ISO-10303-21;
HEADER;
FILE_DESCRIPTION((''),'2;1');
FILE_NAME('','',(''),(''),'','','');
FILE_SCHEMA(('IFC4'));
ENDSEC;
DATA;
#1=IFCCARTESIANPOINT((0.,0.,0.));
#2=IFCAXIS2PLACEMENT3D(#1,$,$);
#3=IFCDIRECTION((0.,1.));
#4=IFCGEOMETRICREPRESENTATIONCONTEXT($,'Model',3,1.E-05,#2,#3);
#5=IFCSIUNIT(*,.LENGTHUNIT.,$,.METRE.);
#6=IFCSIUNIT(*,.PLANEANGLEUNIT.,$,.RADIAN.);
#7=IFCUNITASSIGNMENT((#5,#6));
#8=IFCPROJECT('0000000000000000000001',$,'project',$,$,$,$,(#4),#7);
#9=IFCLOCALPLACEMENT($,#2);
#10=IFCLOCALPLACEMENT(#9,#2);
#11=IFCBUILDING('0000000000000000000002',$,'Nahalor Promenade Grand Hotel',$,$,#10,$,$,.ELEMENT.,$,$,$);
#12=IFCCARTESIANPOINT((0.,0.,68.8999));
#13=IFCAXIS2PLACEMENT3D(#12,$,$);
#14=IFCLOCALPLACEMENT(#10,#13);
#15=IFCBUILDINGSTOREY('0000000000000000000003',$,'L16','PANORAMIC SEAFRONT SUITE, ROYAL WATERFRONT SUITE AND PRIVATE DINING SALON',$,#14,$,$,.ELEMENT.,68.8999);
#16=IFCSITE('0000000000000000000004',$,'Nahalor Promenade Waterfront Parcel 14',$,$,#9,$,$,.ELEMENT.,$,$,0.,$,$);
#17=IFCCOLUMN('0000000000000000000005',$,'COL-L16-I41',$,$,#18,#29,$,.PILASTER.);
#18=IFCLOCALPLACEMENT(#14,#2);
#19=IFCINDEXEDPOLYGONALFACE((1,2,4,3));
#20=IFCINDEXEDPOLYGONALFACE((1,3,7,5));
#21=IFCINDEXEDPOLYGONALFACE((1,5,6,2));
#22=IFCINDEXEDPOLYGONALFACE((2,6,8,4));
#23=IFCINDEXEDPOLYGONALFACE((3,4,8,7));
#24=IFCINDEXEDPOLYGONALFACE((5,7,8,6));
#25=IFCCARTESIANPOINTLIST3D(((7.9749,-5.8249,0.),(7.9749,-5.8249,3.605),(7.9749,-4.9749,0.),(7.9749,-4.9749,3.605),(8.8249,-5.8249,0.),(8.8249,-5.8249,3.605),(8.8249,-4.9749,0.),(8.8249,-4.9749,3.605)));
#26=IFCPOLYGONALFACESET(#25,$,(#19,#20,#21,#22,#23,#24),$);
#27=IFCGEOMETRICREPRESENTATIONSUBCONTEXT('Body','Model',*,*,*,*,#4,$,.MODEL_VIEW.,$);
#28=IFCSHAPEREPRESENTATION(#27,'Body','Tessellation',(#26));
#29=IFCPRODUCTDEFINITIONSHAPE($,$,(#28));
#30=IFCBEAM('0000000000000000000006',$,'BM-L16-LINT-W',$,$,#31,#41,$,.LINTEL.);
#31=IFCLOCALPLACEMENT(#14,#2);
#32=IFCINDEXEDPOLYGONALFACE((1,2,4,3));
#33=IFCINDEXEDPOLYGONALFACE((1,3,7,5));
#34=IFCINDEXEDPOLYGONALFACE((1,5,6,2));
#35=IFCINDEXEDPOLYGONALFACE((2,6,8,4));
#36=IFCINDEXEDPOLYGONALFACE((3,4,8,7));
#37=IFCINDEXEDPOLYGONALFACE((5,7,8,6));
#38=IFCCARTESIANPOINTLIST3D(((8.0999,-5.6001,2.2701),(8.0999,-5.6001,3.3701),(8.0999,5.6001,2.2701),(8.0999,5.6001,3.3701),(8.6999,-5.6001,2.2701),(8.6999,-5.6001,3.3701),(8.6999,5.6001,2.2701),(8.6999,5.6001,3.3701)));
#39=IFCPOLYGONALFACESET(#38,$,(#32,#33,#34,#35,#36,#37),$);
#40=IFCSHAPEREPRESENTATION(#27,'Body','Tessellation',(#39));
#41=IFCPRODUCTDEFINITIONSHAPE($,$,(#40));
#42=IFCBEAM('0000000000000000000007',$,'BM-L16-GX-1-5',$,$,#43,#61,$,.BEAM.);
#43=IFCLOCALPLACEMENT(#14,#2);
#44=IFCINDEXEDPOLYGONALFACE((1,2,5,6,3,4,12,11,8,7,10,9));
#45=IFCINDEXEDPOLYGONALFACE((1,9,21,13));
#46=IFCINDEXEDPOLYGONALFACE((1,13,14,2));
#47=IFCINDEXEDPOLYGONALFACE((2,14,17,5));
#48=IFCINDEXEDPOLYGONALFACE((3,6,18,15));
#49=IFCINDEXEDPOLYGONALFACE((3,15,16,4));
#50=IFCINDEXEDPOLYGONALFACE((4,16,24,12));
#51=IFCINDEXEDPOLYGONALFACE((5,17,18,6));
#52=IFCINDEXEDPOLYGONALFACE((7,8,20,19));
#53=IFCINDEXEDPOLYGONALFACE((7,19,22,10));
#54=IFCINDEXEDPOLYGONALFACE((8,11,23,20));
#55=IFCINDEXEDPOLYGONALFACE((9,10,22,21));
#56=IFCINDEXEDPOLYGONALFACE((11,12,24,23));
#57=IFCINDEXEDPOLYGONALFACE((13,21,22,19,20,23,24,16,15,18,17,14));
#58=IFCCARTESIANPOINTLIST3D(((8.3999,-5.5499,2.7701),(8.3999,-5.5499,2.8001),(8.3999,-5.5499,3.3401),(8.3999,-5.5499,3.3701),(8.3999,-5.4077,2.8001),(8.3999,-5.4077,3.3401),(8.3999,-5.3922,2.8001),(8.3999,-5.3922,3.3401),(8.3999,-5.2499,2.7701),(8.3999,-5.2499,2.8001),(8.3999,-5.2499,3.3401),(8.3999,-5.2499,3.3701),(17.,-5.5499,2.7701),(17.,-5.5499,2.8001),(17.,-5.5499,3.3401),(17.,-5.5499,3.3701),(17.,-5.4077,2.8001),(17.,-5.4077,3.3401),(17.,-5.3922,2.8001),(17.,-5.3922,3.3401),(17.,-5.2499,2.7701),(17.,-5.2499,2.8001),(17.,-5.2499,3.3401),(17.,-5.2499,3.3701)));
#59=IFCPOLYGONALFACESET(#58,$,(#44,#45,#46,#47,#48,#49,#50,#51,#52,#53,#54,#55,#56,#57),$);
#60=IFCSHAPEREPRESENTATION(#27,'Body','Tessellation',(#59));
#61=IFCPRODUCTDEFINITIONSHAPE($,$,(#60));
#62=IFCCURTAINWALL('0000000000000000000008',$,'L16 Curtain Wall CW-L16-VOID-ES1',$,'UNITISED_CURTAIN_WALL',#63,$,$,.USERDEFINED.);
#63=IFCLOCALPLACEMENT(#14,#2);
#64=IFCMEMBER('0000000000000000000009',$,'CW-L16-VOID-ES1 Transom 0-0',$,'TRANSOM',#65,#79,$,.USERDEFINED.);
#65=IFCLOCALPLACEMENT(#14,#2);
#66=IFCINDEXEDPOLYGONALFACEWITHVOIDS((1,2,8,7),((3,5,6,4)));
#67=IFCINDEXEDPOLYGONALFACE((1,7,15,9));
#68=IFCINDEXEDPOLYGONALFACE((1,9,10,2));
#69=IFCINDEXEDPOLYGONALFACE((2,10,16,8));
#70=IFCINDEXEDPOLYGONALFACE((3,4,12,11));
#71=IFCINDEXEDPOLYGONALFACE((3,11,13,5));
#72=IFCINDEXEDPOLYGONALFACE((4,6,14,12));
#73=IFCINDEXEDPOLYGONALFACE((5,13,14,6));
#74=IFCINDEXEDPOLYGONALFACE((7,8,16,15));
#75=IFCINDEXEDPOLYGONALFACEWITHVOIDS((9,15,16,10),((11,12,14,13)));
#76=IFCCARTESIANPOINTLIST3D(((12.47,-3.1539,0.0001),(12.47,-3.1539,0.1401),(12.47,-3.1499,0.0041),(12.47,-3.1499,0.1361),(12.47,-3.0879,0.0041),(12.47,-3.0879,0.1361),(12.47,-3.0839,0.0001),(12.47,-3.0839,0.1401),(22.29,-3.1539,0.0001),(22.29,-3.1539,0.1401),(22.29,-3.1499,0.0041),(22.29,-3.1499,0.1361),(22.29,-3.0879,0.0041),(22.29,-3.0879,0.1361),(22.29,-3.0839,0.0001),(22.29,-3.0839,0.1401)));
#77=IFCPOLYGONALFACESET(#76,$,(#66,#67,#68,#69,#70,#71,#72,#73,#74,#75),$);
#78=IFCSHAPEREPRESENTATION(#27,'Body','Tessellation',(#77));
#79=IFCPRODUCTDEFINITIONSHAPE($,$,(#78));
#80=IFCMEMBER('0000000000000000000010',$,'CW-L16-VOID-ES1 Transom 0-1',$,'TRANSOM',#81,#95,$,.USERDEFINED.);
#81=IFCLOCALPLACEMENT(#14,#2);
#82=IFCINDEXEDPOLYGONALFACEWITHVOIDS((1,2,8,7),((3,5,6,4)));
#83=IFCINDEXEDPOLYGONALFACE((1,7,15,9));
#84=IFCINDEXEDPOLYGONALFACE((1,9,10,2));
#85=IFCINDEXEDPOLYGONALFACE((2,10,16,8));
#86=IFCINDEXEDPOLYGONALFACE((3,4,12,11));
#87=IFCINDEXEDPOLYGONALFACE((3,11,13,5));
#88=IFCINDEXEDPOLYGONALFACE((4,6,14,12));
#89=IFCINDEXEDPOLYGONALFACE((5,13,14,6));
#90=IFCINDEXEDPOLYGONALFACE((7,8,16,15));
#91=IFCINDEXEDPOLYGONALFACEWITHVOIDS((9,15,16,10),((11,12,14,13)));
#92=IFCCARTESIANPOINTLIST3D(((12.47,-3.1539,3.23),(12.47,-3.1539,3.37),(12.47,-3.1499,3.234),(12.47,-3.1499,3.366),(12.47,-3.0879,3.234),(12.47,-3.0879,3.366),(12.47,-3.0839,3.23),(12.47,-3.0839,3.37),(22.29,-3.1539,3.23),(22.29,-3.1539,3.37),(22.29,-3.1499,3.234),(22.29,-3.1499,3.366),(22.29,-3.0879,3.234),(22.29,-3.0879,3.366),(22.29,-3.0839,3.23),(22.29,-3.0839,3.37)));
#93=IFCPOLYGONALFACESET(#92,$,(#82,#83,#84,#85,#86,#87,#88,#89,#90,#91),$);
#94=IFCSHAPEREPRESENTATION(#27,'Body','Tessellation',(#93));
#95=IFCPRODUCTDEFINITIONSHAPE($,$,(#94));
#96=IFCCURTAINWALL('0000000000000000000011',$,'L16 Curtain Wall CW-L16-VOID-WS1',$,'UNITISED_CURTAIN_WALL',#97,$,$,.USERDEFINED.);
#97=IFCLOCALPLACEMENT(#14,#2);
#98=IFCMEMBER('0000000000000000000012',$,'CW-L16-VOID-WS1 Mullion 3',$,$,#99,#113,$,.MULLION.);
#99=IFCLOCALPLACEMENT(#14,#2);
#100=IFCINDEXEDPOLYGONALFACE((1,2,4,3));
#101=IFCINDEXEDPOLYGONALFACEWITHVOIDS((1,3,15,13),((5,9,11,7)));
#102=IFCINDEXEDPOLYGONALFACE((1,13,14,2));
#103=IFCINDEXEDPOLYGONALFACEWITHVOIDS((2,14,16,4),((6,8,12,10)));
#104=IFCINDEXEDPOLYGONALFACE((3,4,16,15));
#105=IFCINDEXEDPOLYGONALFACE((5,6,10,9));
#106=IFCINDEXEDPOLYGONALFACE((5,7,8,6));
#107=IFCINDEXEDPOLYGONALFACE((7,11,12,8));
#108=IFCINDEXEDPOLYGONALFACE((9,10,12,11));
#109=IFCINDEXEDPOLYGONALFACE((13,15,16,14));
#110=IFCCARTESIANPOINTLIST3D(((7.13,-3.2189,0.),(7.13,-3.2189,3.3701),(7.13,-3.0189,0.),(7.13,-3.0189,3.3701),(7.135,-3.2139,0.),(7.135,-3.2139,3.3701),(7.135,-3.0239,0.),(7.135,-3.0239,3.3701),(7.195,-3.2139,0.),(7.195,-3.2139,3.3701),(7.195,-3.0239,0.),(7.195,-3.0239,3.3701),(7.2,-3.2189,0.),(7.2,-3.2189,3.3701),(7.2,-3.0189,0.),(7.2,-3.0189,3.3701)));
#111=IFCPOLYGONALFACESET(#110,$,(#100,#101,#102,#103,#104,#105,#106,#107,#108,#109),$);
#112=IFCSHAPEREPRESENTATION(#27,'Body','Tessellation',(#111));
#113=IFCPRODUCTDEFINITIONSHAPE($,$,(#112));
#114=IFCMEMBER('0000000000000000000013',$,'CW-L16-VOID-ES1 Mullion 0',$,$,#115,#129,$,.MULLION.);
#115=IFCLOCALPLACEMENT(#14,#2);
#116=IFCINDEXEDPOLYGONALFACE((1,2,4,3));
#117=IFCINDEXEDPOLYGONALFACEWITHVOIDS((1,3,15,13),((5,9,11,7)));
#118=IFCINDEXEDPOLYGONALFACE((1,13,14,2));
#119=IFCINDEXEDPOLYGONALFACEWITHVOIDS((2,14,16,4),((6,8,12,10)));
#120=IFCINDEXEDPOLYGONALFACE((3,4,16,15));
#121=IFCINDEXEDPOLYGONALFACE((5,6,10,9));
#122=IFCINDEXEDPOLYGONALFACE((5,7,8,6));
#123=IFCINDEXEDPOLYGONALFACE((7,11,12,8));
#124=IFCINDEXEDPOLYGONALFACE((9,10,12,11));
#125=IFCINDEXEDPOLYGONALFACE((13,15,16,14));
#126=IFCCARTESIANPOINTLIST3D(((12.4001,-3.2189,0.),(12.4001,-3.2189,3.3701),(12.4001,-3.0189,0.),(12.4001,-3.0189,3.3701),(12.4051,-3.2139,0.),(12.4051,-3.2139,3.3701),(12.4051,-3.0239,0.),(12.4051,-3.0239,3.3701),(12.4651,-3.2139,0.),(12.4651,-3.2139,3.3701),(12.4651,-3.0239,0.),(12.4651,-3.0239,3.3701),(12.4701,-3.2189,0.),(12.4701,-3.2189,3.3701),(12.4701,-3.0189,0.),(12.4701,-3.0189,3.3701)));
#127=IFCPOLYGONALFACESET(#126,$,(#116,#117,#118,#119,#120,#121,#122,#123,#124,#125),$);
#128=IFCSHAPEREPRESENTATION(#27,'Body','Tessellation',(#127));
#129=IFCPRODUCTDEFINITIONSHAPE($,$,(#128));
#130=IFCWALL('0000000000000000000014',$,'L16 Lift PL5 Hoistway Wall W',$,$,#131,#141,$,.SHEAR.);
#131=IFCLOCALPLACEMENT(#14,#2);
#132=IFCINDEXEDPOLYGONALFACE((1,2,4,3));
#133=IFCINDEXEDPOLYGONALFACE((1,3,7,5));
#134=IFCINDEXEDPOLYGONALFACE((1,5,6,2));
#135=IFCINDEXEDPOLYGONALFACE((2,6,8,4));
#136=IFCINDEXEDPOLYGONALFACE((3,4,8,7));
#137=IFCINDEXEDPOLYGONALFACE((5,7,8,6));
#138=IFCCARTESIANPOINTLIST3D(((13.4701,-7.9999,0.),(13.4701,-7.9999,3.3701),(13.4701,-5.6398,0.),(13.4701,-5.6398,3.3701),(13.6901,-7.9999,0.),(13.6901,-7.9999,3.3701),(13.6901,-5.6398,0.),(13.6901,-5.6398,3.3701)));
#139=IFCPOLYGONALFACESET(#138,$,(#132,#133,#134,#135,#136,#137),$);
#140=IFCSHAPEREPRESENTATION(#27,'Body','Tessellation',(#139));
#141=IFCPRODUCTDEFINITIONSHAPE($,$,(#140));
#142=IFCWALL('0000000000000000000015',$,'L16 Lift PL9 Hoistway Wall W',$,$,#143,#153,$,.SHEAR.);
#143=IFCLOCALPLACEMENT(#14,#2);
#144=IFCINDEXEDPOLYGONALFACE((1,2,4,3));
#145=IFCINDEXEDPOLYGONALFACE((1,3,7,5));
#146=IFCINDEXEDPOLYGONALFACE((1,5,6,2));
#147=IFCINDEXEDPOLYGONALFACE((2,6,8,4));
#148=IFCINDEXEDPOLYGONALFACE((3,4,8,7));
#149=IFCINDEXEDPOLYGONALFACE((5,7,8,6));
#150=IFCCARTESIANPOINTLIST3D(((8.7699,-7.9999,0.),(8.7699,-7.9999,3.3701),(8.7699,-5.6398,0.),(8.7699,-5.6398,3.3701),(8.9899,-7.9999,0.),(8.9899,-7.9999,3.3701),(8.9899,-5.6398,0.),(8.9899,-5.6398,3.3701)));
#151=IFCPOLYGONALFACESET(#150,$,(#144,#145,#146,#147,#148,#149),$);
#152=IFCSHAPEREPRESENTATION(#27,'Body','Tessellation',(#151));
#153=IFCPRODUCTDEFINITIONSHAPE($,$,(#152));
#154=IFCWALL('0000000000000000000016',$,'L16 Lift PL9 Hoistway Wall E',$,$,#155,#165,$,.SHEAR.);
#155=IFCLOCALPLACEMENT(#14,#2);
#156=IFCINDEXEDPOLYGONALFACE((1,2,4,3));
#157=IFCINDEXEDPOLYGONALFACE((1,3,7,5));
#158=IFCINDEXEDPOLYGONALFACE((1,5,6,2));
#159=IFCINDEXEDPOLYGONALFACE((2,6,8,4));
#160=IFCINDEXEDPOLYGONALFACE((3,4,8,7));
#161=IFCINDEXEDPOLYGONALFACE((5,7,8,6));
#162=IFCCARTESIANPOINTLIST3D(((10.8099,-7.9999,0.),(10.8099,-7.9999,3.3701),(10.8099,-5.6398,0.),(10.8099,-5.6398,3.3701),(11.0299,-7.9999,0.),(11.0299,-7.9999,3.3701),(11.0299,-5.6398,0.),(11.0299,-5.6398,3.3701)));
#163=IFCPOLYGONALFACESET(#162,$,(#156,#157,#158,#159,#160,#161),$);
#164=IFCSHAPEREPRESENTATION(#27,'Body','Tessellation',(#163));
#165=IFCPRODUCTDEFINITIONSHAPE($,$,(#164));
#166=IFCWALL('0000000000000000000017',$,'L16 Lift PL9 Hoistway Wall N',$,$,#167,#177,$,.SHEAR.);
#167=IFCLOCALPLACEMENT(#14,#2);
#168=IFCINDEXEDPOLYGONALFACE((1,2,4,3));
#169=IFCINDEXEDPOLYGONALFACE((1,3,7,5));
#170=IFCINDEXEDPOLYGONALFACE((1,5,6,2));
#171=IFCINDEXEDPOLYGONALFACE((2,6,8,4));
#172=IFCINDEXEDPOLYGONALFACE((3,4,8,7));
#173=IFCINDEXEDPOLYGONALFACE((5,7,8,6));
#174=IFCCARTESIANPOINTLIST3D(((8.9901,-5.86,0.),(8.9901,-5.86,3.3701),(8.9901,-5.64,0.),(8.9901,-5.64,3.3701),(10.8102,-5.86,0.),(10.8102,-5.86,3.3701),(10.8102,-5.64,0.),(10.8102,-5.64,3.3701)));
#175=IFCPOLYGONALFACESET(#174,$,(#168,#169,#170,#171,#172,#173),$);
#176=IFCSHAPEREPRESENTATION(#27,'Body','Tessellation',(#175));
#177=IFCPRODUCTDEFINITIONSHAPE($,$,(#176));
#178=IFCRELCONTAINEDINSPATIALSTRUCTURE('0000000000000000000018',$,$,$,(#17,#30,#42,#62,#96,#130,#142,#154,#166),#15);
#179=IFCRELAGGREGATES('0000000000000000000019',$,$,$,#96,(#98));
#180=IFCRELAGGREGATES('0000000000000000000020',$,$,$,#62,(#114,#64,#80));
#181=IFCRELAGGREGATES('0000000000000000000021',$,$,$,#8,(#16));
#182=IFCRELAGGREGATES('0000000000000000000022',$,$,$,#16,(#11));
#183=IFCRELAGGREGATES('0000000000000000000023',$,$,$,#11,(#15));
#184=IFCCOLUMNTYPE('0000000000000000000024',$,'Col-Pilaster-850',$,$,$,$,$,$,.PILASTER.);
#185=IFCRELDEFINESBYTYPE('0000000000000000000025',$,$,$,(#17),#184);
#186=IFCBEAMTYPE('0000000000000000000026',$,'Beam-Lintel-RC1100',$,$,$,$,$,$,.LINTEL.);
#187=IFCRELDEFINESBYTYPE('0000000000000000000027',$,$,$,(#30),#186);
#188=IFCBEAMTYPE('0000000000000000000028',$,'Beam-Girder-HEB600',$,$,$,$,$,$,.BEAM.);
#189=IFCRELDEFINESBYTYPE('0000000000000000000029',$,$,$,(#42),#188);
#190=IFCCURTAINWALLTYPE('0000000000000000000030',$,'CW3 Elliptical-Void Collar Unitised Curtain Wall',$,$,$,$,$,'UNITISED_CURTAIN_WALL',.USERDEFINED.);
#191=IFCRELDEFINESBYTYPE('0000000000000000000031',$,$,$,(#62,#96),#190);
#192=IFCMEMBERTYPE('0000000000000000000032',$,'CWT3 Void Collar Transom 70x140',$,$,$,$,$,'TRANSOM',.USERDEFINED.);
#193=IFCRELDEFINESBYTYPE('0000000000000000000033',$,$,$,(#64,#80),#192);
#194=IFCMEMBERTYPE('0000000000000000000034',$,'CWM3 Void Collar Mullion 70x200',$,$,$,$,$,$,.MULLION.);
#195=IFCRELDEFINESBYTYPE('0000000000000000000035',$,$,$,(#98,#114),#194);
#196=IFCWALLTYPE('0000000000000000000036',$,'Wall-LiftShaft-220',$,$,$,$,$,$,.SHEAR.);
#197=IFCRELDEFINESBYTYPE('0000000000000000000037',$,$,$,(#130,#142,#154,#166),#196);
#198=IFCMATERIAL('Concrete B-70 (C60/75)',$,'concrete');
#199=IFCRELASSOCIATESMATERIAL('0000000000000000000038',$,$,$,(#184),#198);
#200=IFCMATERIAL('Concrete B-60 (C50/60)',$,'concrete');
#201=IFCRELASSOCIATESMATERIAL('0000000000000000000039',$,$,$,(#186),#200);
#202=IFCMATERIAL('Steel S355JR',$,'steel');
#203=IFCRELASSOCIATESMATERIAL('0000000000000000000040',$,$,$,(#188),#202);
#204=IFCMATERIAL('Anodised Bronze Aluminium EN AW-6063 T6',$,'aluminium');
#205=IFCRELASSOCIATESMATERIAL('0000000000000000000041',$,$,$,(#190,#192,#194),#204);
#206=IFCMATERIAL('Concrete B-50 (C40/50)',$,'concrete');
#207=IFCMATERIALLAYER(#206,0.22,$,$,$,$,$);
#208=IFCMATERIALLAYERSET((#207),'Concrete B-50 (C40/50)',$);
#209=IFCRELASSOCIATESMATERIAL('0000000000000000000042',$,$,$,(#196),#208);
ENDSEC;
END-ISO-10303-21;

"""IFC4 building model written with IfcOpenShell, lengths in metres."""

from ifc_helpers import new_model, si_unit, direction, frame, frame_2d, origin, origin_2d, place, context, subcontext, project, spatial, rectangle, hollow_rectangle, i_section, extrude, source, transform, mapped, material, layer, layer_set, material_profile, profile_set, type_object, element, aggregate, save


model = new_model("IFC4")

# Units and contexts
model_context = context("Model", 3, precision=1e-05, world=origin(), true_north=direction((0.0, 1.0)))
body_context = subcontext(model_context, "Body", "Model", "MODEL_VIEW")
ifc_project = project(units=[si_unit("LENGTHUNIT", "METRE"), si_unit("PLANEANGLEUNIT", "RADIAN")], contexts=[model_context])

# Site, building, storey
site_placement = place(None, origin())
site = spatial("IfcSite", under=ifc_project, at=site_placement, Name="Nahalor Promenade Waterfront Parcel 14", CompositionType="ELEMENT", RefElevation=0.0)
building_placement = place(site_placement, origin())
building = spatial("IfcBuilding", under=site, at=building_placement, Name="Nahalor Promenade Grand Hotel", CompositionType="ELEMENT")
storey_placement = place(building_placement, frame((0.0, 0.0, 68.8999)))
storey = spatial("IfcBuildingStorey", under=building, at=storey_placement, Name="L16", Description="PANORAMIC SEAFRONT SUITE, ROYAL WATERFRONT SUITE AND PRIVATE DINING SALON", CompositionType="ELEMENT", Elevation=68.8999)

# Column
ifc_material_1 = material(Name="Concrete B-70 (C60/75)", Category="concrete")
ifc_material_profile_1 = material_profile(ifc_material_1, rectangle(XDim=0.85, YDim=0.85, at=origin_2d()), Name="RC 850x850")
ifc_profile_set_1 = profile_set([ifc_material_profile_1], Name="Concrete B-70 (C60/75)")
column_type = type_object("IfcColumnType", Name="Col-Pilaster-850", PredefinedType="PILASTER", material=ifc_profile_set_1)
shared_shape_1 = source(origin(), body_context, "Body", "SweptSolid", [
    extrude(rectangle(XDim=0.85, YDim=0.85, at=origin_2d()), origin(), (0.0, 0.0, 1.0), 3.605),
])
column_placement = place(storey_placement, frame((8.3999, -5.3999, 0.0), z_axis=(0.0, 0.0, 1.0), x_axis=(1.0, 0.0, 0.0)))
element("IfcColumn", 1, at=column_placement, inside=storey, type_object=column_type, Name="COL-L16-I41", PredefinedType="PILASTER", context=body_context, shape_type="MappedRepresentation", body=[
    mapped(shared_shape_1, transform((0.0, 0.0, 0.0), scale=1.0)),
])

# Beams
ifc_material_2 = material(Name="Concrete B-60 (C50/60)", Category="concrete")
ifc_material_profile_2 = material_profile(ifc_material_2, rectangle(XDim=0.6, YDim=1.1, at=origin_2d()), Name="RC 600x1100")
ifc_profile_set_2 = profile_set([ifc_material_profile_2], Name="Concrete B-60 (C50/60)")
beam_type_1 = type_object("IfcBeamType", Name="Beam-Lintel-RC1100", PredefinedType="LINTEL", material=ifc_profile_set_2)
shared_shape_2 = source(origin(), body_context, "Body", "SweptSolid", [
    extrude(rectangle(XDim=0.6, YDim=1.1, at=origin_2d()), origin(), (0.0, 0.0, 1.0), 11.2002),
])
beam_1_placement = place(storey_placement, frame((8.3999, -5.6001, 2.8201), z_axis=(0.0, 1.0, 0.0), x_axis=(-1.0, 0.0, 0.0)))
element("IfcBeam", 2, at=beam_1_placement, inside=storey, type_object=beam_type_1, Name="BM-L16-LINT-W", PredefinedType="LINTEL", context=body_context, shape_type="MappedRepresentation", body=[
    mapped(shared_shape_2, transform((0.0, 0.0, 0.0), scale=1.0)),
])
ifc_material_3 = material(Name="Steel S355JR", Category="steel")
ifc_material_profile_3 = material_profile(ifc_material_3, i_section(OverallWidth=0.3, OverallDepth=0.6, WebThickness=0.0155, FlangeThickness=0.03, at=origin_2d()), Name="HEB 600")
ifc_profile_set_3 = profile_set([ifc_material_profile_3], Name="Steel S355JR")
beam_type_2 = type_object("IfcBeamType", Name="Beam-Girder-HEB600", PredefinedType="BEAM", material=ifc_profile_set_3)
shared_shape_3 = source(origin(), body_context, "Body", "SweptSolid", [
    extrude(i_section(OverallWidth=0.3, OverallDepth=0.6, WebThickness=0.0155, FlangeThickness=0.03, at=origin_2d()), origin(), (0.0, 0.0, 1.0), 8.6001),
])
beam_2_placement = place(storey_placement, frame((8.3999, -5.3999, 3.0701), z_axis=(1.0, 0.0, 0.0), x_axis=(0.0, 1.0, 0.0)))
element("IfcBeam", 3, at=beam_2_placement, inside=storey, type_object=beam_type_2, Name="BM-L16-GX-1-5", PredefinedType="BEAM", context=body_context, shape_type="MappedRepresentation", body=[
    mapped(shared_shape_3, transform((0.0, 0.0, 0.0), scale=1.0)),
])

# Curtain wall, members
ifc_material_4 = material(Name="Anodised Bronze Aluminium EN AW-6063 T6", Category="aluminium")
curtain_wall_type = type_object("IfcCurtainWallType", Name="CW3 Elliptical-Void Collar Unitised Curtain Wall", ElementType="UNITISED_CURTAIN_WALL", PredefinedType="USERDEFINED", material=ifc_material_4)
curtain_wall_1_placement = place(storey_placement, origin())
curtain_wall_1 = element("IfcCurtainWall", 4, at=curtain_wall_1_placement, inside=storey, type_object=curtain_wall_type, Name="L16 Curtain Wall CW-L16-VOID-ES1", ObjectType="UNITISED_CURTAIN_WALL", PredefinedType="USERDEFINED")
ifc_material_profile_4 = material_profile(ifc_material_4, hollow_rectangle(XDim=0.07, YDim=0.14, WallThickness=0.004, at=origin_2d()), Name="CWT 70x140x4")
ifc_profile_set_4 = profile_set([ifc_material_profile_4], Name="Anodised Bronze Aluminium EN AW-6063 T6")
member_type_1 = type_object("IfcMemberType", Name="CWT3 Void Collar Transom 70x140", ElementType="TRANSOM", PredefinedType="USERDEFINED", material=ifc_profile_set_4)
shared_shape_4 = source(origin(), body_context, "Body", "SweptSolid", [
    extrude(hollow_rectangle(XDim=0.07, YDim=0.14, WallThickness=0.004, at=origin_2d()), origin(), (0.0, 0.0, 1.0), 9.8201),
])
member_1_placement = place(storey_placement, frame((12.47, -3.1189, 0.0701), z_axis=(1.0, 0.0, 0.0), x_axis=(0.0, 1.0, 0.0)))
member_1 = element("IfcMember", 5, at=member_1_placement, type_object=member_type_1, Name="CW-L16-VOID-ES1 Transom 0-0", ObjectType="TRANSOM", PredefinedType="USERDEFINED", context=body_context, shape_type="MappedRepresentation", body=[
    mapped(shared_shape_4, transform((0.0, 0.0, 0.0), scale=1.0)),
])
member_2_placement = place(storey_placement, frame((12.47, -3.1189, 3.3), z_axis=(1.0, 0.0, 0.0), x_axis=(0.0, 1.0, 0.0)))
member_2 = element("IfcMember", 6, at=member_2_placement, type_object=member_type_1, Name="CW-L16-VOID-ES1 Transom 0-1", ObjectType="TRANSOM", PredefinedType="USERDEFINED", context=body_context, shape_type="MappedRepresentation", body=[
    mapped(shared_shape_4, transform((0.0, 0.0, 0.0), scale=1.0)),
])

# Curtain wall, member
curtain_wall_2_placement = place(storey_placement, origin())
curtain_wall_2 = element("IfcCurtainWall", 7, at=curtain_wall_2_placement, inside=storey, type_object=curtain_wall_type, Name="L16 Curtain Wall CW-L16-VOID-WS1", ObjectType="UNITISED_CURTAIN_WALL", PredefinedType="USERDEFINED")
ifc_material_profile_5 = material_profile(ifc_material_4, hollow_rectangle(XDim=0.07, YDim=0.2, WallThickness=0.005, at=origin_2d()), Name="CWM 70x200x5")
ifc_profile_set_5 = profile_set([ifc_material_profile_5], Name="Anodised Bronze Aluminium EN AW-6063 T6")
member_type_2 = type_object("IfcMemberType", Name="CWM3 Void Collar Mullion 70x200", PredefinedType="MULLION", material=ifc_profile_set_5)
shared_shape_5 = source(origin(), body_context, "Body", "SweptSolid", [
    extrude(hollow_rectangle(XDim=0.07, YDim=0.2, WallThickness=0.005, at=origin_2d()), origin(), (0.0, 0.0, 1.0), 3.3701),
])
member_3_placement = place(storey_placement, frame((7.165, -3.1189, 0.0), z_axis=(0.0, 0.0, 1.0), x_axis=(1.0, 0.0, 0.0)))
member_3 = element("IfcMember", 8, at=member_3_placement, type_object=member_type_2, Name="CW-L16-VOID-WS1 Mullion 3", PredefinedType="MULLION", context=body_context, shape_type="MappedRepresentation", body=[
    mapped(shared_shape_5, transform((0.0, 0.0, 0.0), scale=1.0)),
])
aggregate(curtain_wall_2, [member_3])

# Member
member_4_placement = place(storey_placement, frame((12.4351, -3.1189, 0.0), z_axis=(0.0, 0.0, 1.0), x_axis=(1.0, 0.0, 0.0)))
member_4 = element("IfcMember", 9, at=member_4_placement, type_object=member_type_2, Name="CW-L16-VOID-ES1 Mullion 0", PredefinedType="MULLION", context=body_context, shape_type="MappedRepresentation", body=[
    mapped(shared_shape_5, transform((0.0, 0.0, 0.0), scale=1.0)),
])
aggregate(curtain_wall_1, [member_4, member_1, member_2])

# Walls
ifc_material_5 = material(Name="Concrete B-50 (C40/50)", Category="concrete")
ifc_layer_1 = layer(ifc_material_5, 0.22)
ifc_layer_set_1 = layer_set([ifc_layer_1], Name="Concrete B-50 (C40/50)")
wall_type_1 = type_object("IfcWallType", Name="Wall-LiftShaft-220", PredefinedType="SHEAR", material=ifc_layer_set_1)
shared_shape_6 = source(origin(), body_context, "Body", "SweptSolid", [
    extrude(rectangle(XDim=2.3601, YDim=0.22, at=frame_2d((1.1802, 0.0))), origin(), (0.0, 0.0, 1.0), 3.3701),
])
for number, where, z_axis, x_axis, name in (
    (10, (13.5801, -8.0, 0.0), (0.0, 0.0, 1.0), (0.0, 1.0, 0.0), "L16 Lift PL5 Hoistway Wall W"),
    (11, (8.8799, -8.0, 0.0), (0.0, 0.0, 1.0), (0.0, 1.0, 0.0), "L16 Lift PL9 Hoistway Wall W"),
    (12, (10.9199, -8.0, 0.0), (0.0, 0.0, 1.0), (0.0, 1.0, 0.0), "L16 Lift PL9 Hoistway Wall E"),
):
    element("IfcWall", number, at=place(storey_placement, frame(where, z_axis=z_axis, x_axis=x_axis)), inside=storey, type_object=wall_type_1, Name=name, PredefinedType="SHEAR", context=body_context, shape_type="MappedRepresentation", body=[
        mapped(shared_shape_6, transform((0.0, 0.0, 0.0), scale=1.0)),
    ])
shared_shape_7 = source(origin(), body_context, "Body", "SweptSolid", [
    extrude(rectangle(XDim=1.8201, YDim=0.22, at=frame_2d((0.9102, 0.0))), origin(), (0.0, 0.0, 1.0), 3.3701),
])
wall_1_placement = place(storey_placement, frame((8.99, -5.75, 0.0), z_axis=(0.0, 0.0, 1.0), x_axis=(1.0, 0.0, 0.0)))
element("IfcWall", 13, at=wall_1_placement, inside=storey, type_object=wall_type_1, Name="L16 Lift PL9 Hoistway Wall N", PredefinedType="SHEAR", context=body_context, shape_type="MappedRepresentation", body=[
    mapped(shared_shape_7, transform((0.0, 0.0, 0.0), scale=1.0)),
])

save(model, "model.ifc")
